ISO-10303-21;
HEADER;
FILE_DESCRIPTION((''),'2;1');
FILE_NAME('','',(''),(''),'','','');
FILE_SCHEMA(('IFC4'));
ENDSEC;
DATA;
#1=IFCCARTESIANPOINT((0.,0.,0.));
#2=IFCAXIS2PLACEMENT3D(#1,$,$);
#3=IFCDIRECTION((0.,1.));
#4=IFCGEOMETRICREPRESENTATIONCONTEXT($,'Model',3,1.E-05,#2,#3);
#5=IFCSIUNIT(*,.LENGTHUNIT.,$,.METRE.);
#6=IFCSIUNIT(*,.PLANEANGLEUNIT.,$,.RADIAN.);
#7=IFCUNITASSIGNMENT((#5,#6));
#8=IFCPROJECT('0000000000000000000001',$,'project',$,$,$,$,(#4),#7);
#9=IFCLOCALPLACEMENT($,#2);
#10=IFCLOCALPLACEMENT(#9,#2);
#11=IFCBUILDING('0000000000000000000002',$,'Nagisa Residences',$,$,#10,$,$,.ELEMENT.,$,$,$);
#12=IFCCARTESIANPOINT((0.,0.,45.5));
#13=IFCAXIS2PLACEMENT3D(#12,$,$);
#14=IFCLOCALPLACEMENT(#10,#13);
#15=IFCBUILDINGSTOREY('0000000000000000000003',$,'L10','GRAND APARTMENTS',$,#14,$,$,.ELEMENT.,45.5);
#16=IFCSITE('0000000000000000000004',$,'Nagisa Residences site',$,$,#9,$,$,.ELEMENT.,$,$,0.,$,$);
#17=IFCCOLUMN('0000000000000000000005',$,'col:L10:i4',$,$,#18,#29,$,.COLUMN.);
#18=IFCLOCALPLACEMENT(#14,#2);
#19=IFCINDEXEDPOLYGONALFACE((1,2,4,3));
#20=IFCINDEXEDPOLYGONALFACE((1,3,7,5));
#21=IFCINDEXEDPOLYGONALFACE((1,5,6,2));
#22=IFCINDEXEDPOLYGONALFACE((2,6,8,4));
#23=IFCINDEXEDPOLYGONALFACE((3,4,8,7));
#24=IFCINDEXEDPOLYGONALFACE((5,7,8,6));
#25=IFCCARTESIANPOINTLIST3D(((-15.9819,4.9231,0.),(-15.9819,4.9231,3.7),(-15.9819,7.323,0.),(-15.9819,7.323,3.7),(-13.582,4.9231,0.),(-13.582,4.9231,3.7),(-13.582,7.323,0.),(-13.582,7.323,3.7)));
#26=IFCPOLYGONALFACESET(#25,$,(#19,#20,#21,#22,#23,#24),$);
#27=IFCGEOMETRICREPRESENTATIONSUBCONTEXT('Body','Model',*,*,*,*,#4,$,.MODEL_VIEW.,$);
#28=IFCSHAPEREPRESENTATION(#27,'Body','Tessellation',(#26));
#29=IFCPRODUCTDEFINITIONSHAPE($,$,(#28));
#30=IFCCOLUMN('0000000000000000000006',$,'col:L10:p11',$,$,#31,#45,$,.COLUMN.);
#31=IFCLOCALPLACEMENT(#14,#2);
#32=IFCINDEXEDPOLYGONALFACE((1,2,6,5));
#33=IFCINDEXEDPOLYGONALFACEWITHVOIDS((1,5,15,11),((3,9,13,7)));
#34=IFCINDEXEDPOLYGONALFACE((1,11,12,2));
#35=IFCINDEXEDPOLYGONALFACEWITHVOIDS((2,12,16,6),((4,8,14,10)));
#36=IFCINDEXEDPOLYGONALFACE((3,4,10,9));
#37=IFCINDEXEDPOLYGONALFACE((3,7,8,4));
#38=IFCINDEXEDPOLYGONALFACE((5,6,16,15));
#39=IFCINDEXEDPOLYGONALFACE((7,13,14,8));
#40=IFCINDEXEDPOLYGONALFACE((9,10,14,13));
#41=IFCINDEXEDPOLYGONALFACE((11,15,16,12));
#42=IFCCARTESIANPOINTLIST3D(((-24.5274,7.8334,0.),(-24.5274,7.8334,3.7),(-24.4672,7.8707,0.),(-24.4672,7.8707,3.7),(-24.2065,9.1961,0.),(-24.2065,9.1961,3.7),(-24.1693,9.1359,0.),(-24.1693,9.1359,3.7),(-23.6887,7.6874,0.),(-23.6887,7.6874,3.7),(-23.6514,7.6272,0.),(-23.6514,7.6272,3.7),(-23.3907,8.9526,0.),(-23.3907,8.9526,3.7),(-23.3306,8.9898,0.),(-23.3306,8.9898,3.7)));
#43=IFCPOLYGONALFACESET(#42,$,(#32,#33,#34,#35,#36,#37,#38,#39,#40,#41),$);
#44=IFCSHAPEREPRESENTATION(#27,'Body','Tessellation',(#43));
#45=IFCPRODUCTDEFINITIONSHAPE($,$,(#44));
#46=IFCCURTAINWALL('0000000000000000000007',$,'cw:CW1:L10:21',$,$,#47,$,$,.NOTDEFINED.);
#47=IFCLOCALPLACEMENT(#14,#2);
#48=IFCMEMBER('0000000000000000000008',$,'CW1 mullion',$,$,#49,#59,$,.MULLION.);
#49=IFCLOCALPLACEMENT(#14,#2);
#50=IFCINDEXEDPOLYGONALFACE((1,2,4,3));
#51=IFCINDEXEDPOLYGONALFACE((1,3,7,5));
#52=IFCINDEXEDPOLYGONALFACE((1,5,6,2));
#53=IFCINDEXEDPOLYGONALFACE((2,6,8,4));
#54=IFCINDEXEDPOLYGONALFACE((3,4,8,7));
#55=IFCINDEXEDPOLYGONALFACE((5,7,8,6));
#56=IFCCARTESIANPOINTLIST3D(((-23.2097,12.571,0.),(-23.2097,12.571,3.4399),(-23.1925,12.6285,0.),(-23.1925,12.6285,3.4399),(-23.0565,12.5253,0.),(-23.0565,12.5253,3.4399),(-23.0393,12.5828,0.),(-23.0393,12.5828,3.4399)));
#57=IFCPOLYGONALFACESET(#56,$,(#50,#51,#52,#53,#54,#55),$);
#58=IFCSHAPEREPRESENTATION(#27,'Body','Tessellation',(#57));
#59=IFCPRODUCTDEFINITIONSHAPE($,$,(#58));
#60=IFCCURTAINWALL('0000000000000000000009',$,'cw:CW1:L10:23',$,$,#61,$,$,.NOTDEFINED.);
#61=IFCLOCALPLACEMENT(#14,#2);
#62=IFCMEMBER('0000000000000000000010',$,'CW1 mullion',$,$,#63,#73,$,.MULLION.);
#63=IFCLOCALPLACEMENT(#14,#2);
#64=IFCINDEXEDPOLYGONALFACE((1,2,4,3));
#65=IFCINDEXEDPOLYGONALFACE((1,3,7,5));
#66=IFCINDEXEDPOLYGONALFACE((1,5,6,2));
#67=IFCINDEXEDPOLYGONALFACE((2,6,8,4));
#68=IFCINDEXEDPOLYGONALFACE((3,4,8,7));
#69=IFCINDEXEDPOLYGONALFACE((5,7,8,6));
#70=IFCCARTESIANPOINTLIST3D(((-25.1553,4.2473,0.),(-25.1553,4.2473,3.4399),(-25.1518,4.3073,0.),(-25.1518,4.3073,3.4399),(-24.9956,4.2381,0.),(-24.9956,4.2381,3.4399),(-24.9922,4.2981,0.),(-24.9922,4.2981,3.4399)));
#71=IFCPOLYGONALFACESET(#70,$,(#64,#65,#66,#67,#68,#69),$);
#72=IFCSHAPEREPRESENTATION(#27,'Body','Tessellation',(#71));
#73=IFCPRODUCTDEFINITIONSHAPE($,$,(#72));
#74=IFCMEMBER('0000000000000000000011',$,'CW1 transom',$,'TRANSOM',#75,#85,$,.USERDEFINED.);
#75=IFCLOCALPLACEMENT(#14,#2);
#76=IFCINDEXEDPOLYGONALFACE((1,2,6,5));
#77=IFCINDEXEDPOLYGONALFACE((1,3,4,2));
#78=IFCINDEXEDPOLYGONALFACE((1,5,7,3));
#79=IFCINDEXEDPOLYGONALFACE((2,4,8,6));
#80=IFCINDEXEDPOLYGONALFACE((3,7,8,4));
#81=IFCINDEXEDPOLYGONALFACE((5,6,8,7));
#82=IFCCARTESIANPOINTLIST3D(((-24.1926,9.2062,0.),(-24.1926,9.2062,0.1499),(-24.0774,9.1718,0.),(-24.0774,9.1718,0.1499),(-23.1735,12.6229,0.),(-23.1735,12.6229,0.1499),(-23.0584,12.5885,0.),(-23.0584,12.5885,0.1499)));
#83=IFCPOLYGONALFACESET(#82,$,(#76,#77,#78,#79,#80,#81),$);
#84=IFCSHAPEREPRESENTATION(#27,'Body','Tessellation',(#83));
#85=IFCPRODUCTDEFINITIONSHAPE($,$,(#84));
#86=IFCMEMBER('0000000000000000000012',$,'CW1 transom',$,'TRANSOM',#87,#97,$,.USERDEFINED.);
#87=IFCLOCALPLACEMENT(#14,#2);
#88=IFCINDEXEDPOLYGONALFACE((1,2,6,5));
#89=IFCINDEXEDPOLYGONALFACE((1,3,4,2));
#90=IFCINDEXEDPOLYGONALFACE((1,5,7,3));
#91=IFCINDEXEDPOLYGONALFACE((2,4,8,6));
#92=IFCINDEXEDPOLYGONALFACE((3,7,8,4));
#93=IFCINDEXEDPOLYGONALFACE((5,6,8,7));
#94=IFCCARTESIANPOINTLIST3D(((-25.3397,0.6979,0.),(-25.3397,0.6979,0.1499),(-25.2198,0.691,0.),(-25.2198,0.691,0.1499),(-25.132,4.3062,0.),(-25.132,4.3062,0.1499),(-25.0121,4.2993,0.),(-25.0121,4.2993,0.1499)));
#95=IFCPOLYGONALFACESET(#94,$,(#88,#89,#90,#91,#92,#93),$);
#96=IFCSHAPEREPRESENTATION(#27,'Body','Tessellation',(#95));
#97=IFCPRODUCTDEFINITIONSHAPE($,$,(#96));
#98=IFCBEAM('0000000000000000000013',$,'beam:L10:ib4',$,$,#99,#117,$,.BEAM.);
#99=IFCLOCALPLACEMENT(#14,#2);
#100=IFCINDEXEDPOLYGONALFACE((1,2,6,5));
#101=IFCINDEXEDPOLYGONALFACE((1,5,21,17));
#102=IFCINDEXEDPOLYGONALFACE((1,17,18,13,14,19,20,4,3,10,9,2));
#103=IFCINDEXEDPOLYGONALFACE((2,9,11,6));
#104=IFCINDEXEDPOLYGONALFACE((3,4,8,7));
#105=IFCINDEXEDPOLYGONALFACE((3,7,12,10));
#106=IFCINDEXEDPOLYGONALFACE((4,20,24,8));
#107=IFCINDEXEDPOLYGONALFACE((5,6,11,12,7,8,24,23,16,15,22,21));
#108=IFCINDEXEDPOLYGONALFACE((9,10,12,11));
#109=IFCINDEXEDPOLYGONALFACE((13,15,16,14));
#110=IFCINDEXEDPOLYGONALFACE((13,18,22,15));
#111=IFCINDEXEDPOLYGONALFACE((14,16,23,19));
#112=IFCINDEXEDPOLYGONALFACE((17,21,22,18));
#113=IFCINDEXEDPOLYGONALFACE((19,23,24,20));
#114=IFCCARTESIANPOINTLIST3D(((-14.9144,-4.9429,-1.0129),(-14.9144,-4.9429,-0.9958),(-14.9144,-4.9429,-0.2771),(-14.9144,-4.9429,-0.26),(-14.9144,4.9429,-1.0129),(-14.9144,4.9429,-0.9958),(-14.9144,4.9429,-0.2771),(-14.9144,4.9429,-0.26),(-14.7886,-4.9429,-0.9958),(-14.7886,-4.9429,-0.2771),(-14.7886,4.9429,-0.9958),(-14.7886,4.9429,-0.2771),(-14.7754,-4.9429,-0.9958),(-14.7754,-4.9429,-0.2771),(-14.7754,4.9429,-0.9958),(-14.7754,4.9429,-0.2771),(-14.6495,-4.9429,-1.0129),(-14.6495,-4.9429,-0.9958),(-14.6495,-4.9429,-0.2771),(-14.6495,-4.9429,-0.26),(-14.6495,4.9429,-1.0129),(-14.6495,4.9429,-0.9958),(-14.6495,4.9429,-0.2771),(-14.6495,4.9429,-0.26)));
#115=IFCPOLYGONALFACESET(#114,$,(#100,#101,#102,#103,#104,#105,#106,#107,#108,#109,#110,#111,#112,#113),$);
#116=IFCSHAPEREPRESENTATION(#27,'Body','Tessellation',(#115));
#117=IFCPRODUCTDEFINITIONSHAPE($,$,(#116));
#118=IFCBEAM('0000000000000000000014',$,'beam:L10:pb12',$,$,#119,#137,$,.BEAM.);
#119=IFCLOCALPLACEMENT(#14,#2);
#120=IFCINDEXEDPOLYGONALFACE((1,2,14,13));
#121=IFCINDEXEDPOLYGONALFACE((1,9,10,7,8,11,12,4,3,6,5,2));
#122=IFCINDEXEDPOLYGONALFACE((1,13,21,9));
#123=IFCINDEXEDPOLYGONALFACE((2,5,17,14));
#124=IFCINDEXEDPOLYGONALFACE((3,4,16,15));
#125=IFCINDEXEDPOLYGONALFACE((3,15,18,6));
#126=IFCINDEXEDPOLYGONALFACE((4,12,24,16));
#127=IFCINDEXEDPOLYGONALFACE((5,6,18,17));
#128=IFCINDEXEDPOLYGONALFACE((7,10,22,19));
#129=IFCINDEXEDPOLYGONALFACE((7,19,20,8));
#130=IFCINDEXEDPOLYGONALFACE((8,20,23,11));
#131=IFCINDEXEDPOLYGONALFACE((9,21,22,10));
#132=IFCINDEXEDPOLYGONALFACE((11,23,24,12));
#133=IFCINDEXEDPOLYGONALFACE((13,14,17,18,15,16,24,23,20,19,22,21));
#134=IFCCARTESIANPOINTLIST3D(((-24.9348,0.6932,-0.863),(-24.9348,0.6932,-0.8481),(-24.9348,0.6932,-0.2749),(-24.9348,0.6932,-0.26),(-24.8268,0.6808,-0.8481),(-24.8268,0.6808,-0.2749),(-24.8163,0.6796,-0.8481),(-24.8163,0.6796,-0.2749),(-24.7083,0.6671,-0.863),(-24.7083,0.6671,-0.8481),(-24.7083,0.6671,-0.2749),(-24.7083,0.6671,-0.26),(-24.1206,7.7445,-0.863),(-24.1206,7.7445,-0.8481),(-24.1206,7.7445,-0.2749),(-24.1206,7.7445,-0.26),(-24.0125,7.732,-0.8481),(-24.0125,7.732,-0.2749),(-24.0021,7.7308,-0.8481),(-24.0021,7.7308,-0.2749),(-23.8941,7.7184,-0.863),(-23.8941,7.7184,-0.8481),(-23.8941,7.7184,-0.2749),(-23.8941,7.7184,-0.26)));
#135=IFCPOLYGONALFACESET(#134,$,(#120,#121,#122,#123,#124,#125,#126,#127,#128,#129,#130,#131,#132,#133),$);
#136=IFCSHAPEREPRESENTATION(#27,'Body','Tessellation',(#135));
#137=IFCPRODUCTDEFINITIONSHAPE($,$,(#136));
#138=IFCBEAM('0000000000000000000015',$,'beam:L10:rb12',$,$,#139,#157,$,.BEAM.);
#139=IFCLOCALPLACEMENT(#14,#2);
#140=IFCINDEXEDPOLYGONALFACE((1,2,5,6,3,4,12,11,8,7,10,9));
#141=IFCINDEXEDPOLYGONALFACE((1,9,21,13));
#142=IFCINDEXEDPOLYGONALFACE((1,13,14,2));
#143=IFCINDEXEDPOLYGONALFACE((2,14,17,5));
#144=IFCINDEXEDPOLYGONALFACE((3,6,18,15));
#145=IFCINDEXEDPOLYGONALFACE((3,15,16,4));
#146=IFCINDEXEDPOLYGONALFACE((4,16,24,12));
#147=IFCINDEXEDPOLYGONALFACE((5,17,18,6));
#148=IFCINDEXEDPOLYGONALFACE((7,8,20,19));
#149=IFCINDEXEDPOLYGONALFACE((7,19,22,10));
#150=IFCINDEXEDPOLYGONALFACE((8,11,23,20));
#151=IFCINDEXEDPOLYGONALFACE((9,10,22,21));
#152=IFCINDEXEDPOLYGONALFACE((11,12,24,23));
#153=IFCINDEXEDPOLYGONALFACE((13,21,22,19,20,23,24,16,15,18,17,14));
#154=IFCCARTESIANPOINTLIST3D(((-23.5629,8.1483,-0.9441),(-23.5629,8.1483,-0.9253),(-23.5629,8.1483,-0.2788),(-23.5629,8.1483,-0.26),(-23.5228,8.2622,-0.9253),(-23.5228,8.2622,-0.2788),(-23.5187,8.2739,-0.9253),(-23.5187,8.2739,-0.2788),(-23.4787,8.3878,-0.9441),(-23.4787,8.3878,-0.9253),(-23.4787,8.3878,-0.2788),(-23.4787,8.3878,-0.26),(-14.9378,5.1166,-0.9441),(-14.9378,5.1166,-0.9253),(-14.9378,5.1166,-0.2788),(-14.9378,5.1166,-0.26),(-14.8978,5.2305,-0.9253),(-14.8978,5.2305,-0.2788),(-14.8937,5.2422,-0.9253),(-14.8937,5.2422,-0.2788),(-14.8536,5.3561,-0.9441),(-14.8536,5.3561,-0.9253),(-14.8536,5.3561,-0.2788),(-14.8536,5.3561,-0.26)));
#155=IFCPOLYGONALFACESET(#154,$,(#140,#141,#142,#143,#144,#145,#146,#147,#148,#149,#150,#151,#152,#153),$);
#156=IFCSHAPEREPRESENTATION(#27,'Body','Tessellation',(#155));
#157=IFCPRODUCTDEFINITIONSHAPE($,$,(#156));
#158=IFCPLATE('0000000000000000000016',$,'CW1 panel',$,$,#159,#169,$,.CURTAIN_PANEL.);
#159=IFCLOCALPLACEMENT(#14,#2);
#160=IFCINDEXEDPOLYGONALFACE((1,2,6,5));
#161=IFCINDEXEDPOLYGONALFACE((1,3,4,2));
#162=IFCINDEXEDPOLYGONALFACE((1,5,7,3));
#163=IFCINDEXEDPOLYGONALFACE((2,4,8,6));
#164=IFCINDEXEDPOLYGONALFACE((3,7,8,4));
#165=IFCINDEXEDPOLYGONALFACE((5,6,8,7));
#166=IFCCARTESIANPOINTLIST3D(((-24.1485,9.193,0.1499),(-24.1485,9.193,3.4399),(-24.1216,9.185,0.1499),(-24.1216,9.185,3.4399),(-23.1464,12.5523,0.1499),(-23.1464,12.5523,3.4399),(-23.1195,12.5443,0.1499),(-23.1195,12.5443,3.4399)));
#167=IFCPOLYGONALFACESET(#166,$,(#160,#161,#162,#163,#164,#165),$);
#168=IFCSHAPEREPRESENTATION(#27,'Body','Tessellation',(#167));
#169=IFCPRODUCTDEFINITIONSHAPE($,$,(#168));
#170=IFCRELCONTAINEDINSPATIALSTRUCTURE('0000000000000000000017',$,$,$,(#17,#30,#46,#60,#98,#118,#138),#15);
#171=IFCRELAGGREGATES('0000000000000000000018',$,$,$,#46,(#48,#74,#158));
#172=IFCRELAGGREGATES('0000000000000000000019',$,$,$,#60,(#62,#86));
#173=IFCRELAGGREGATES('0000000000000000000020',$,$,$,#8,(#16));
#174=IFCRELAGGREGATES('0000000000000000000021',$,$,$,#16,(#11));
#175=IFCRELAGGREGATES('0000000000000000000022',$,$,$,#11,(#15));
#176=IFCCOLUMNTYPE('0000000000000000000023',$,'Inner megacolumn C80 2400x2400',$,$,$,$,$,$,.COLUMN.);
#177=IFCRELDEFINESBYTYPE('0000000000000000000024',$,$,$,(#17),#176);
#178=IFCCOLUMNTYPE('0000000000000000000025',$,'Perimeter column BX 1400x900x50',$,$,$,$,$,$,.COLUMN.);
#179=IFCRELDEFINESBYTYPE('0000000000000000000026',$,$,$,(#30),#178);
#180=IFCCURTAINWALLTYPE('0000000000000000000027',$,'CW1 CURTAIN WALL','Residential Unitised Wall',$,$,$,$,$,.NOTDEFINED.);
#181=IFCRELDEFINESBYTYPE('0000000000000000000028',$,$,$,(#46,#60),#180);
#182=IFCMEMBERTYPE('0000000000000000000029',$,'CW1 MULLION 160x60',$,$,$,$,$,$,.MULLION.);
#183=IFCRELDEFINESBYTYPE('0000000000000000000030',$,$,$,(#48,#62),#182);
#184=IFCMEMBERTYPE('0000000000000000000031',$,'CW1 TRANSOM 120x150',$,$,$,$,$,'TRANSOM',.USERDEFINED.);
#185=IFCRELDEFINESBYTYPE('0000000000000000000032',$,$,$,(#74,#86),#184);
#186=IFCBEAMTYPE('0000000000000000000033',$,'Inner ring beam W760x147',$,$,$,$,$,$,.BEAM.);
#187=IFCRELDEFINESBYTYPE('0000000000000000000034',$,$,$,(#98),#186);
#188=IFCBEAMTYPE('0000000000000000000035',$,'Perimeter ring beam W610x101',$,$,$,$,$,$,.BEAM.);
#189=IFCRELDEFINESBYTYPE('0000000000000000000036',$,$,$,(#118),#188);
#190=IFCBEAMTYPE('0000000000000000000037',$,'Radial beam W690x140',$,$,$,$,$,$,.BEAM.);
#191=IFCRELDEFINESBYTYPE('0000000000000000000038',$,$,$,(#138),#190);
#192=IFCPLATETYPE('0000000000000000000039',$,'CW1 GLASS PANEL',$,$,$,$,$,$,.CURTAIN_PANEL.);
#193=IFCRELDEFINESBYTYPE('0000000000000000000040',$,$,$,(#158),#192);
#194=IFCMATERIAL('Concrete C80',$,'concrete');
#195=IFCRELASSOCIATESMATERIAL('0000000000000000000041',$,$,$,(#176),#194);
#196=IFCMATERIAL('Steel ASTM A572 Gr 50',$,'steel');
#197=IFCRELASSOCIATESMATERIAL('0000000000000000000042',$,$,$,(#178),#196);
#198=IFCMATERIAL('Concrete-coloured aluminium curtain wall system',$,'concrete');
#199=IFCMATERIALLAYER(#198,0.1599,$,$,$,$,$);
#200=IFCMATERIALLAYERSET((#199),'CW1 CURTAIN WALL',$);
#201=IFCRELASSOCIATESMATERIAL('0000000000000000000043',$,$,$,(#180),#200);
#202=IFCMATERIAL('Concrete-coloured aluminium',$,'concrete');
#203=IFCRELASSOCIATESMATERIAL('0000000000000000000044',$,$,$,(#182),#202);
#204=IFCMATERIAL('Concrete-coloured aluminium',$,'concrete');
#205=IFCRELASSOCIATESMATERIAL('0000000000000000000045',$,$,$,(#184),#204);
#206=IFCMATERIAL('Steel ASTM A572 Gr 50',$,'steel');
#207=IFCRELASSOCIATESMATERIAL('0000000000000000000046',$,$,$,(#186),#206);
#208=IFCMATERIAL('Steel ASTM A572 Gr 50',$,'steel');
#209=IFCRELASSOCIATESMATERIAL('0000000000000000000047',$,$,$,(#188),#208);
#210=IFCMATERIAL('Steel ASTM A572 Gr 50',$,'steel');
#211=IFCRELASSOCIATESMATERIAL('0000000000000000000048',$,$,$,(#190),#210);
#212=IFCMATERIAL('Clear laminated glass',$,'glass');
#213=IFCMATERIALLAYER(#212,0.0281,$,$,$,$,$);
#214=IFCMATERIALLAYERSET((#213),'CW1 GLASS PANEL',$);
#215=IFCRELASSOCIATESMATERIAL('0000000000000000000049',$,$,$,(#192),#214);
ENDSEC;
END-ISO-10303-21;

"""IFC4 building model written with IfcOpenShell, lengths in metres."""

from ifc_helpers import new_model, si_unit, direction, frame, origin, origin_2d, place, context, subcontext, project, spatial, rectangle, hollow_rectangle, i_section, extrude, material, layer, layer_set, material_profile, profile_set, type_object, element, aggregate, save


model = new_model("IFC4")

# Units and contexts
model_context = context("Model", 3, precision=1e-05, world=origin(), true_north=direction((0.0, 1.0)))
body_context = subcontext(model_context, "Body", "Model", "MODEL_VIEW")
ifc_project = project(units=[si_unit("LENGTHUNIT", "METRE"), si_unit("PLANEANGLEUNIT", "RADIAN")], contexts=[model_context])

# Site, building, storey
site_placement = place(None, origin())
site = spatial("IfcSite", under=ifc_project, at=site_placement, Name="Nagisa Residences site", CompositionType="ELEMENT", RefElevation=0.0)
building_placement = place(site_placement, origin())
building = spatial("IfcBuilding", under=site, at=building_placement, Name="Nagisa Residences", CompositionType="ELEMENT")
storey_placement = place(building_placement, frame((0.0, 0.0, 45.5)))
storey = spatial("IfcBuildingStorey", under=building, at=storey_placement, Name="L10", Description="GRAND APARTMENTS", CompositionType="ELEMENT", Elevation=45.5)

# Columns
ifc_material_1 = material(Name="Concrete C80", Category="concrete")
ifc_material_profile_1 = material_profile(ifc_material_1, rectangle(XDim=2.3999, YDim=2.3999, at=origin_2d()), Name="C80 2400x2400")
ifc_profile_set_1 = profile_set([ifc_material_profile_1], Name="Concrete C80")
column_type_1 = type_object("IfcColumnType", Name="Inner megacolumn C80 2400x2400", PredefinedType="COLUMN", material=ifc_profile_set_1)
column_1_placement = place(storey_placement, frame((-14.782, 6.123, 0.0), z_axis=(0.0, 0.0, 1.0), x_axis=(1.0, 0.0, 0.0)))
element("IfcColumn", 1, at=column_1_placement, inside=storey, type_object=column_type_1, Name="col:L10:i4", PredefinedType="COLUMN", context=body_context, shape_type="SweptSolid", body=[
    extrude(rectangle(XDim=2.3999, YDim=2.3999, at=origin_2d()), origin(), (0.0, 0.0, 1.0), 3.7),
])
ifc_material_2 = material(Name="Steel ASTM A572 Gr 50", Category="steel")
ifc_material_profile_2 = material_profile(ifc_material_2, hollow_rectangle(XDim=1.3999, YDim=0.8999, WallThickness=0.05, at=origin_2d()), Name="BX 1400x900x50")
ifc_profile_set_2 = profile_set([ifc_material_profile_2], Name="Steel ASTM A572 Gr 50")
column_type_2 = type_object("IfcColumnType", Name="Perimeter column BX 1400x900x50", PredefinedType="COLUMN", material=ifc_profile_set_2)
column_2_placement = place(storey_placement, frame((-23.929, 8.4116, 0.0), z_axis=(0.0, 0.0, 1.0), x_axis=(-0.229202, -0.973379, 0.0)))
element("IfcColumn", 2, at=column_2_placement, inside=storey, type_object=column_type_2, Name="col:L10:p11", PredefinedType="COLUMN", context=body_context, shape_type="SweptSolid", body=[
    extrude(hollow_rectangle(XDim=1.3999, YDim=0.8999, WallThickness=0.05, at=origin_2d()), origin(), (0.0, 0.0, 1.0), 3.7),
])

# Curtain walls, members
ifc_material_3 = material(Name="Concrete-coloured aluminium curtain wall system", Category="concrete")
ifc_layer_1 = layer(ifc_material_3, 0.1599)
ifc_layer_set_1 = layer_set([ifc_layer_1], Name="CW1 CURTAIN WALL")
curtain_wall_type = type_object("IfcCurtainWallType", Name="CW1 CURTAIN WALL", Description="Residential Unitised Wall", PredefinedType="NOTDEFINED", material=ifc_layer_set_1)
curtain_wall_1_placement = place(storey_placement, origin())
curtain_wall_1 = element("IfcCurtainWall", 3, at=curtain_wall_1_placement, inside=storey, type_object=curtain_wall_type, Name="cw:CW1:L10:21", PredefinedType="NOTDEFINED")
ifc_material_4 = material(Name="Concrete-coloured aluminium", Category="concrete")
ifc_material_profile_3 = material_profile(ifc_material_4, rectangle(XDim=0.1599, YDim=0.0601, at=origin_2d()), Name="CW1 MULLION 160x60")
ifc_profile_set_3 = profile_set([ifc_material_profile_3], Name="Concrete-coloured aluminium")
member_type_1 = type_object("IfcMemberType", Name="CW1 MULLION 160x60", PredefinedType="MULLION", material=ifc_profile_set_3)
member_1_placement = place(storey_placement, frame((-23.1245, 12.5769, 0.0), z_axis=(0.0, 0.0, 1.0), x_axis=(0.958271, -0.28586, 0.0)))
member_1 = element("IfcMember", 4, at=member_1_placement, type_object=member_type_1, Name="CW1 mullion", PredefinedType="MULLION", context=body_context, shape_type="SweptSolid", body=[
    extrude(rectangle(XDim=0.1599, YDim=0.0601, at=origin_2d()), origin(), (0.0, 0.0, 1.0), 3.4399),
])
curtain_wall_2_placement = place(storey_placement, origin())
curtain_wall_2 = element("IfcCurtainWall", 5, at=curtain_wall_2_placement, inside=storey, type_object=curtain_wall_type, Name="cw:CW1:L10:23", PredefinedType="NOTDEFINED")
member_2_placement = place(storey_placement, frame((-25.0737, 4.2727, 0.0), z_axis=(0.0, 0.0, 1.0), x_axis=(0.998345, -0.057503, 0.0)))
member_2 = element("IfcMember", 6, at=member_2_placement, type_object=member_type_1, Name="CW1 mullion", PredefinedType="MULLION", context=body_context, shape_type="SweptSolid", body=[
    extrude(rectangle(XDim=0.1599, YDim=0.0601, at=origin_2d()), origin(), (0.0, 0.0, 1.0), 3.4399),
])

# Members
ifc_material_5 = material(Name="Concrete-coloured aluminium", Category="concrete")
ifc_material_profile_4 = material_profile(ifc_material_5, rectangle(XDim=0.1201, YDim=0.1499, at=origin_2d()), Name="CW1 TRANSOM 120x150")
ifc_profile_set_4 = profile_set([ifc_material_profile_4], Name="Concrete-coloured aluminium")
member_type_2 = type_object("IfcMemberType", Name="CW1 TRANSOM 120x150", ElementType="TRANSOM", PredefinedType="USERDEFINED", material=ifc_profile_set_4)
member_3_placement = place(storey_placement, frame((-23.116, 12.6057, 0.075), z_axis=(-0.285808, -0.958287, 0.0), x_axis=(0.958287, -0.285808, 0.0)))
member_3 = element("IfcMember", 7, at=member_3_placement, type_object=member_type_2, Name="CW1 transom", ObjectType="TRANSOM", PredefinedType="USERDEFINED", context=body_context, shape_type="SweptSolid", body=[
    extrude(rectangle(XDim=0.1201, YDim=0.1499, at=origin_2d()), origin(), (0.0, 0.0, 1.0), 3.5654),
])
member_4_placement = place(storey_placement, frame((-25.072, 4.3027, 0.075), z_axis=(-0.057483, -0.998347, 0.0), x_axis=(0.998347, -0.057483, 0.0)))
member_4 = element("IfcMember", 8, at=member_4_placement, type_object=member_type_2, Name="CW1 transom", ObjectType="TRANSOM", PredefinedType="USERDEFINED", context=body_context, shape_type="SweptSolid", body=[
    extrude(rectangle(XDim=0.1201, YDim=0.1499, at=origin_2d()), origin(), (0.0, 0.0, 1.0), 3.6143),
])

# Beams
ifc_material_6 = material(Name="Steel ASTM A572 Gr 50", Category="steel")
ifc_material_profile_5 = material_profile(ifc_material_6, i_section(OverallWidth=0.2649, OverallDepth=0.7529, WebThickness=0.0132, FlangeThickness=0.0171, at=origin_2d()), Name="W760x147")
ifc_profile_set_5 = profile_set([ifc_material_profile_5], Name="Steel ASTM A572 Gr 50")
beam_type_1 = type_object("IfcBeamType", Name="Inner ring beam W760x147", PredefinedType="BEAM", material=ifc_profile_set_5)
beam_1_placement = place(storey_placement, frame((-14.782, 4.9429, -0.6365), z_axis=(0.0, -1.0, 0.0), x_axis=(1.0, 0.0, 0.0)))
element("IfcBeam", 9, at=beam_1_placement, inside=storey, type_object=beam_type_1, Name="beam:L10:ib4", PredefinedType="BEAM", context=body_context, shape_type="SweptSolid", body=[
    extrude(i_section(OverallWidth=0.2649, OverallDepth=0.7529, WebThickness=0.0132, FlangeThickness=0.0171, at=origin_2d()), origin(), (0.0, 0.0, 1.0), 9.8857),
])
ifc_material_7 = material(Name="Steel ASTM A572 Gr 50", Category="steel")
ifc_material_profile_6 = material_profile(ifc_material_7, i_section(OverallWidth=0.228, OverallDepth=0.603, WebThickness=0.0105, FlangeThickness=0.0149, at=origin_2d()), Name="W610x101")
ifc_profile_set_6 = profile_set([ifc_material_profile_6], Name="Steel ASTM A572 Gr 50")
beam_type_2 = type_object("IfcBeamType", Name="Perimeter ring beam W610x101", PredefinedType="BEAM", material=ifc_profile_set_6)
beam_2_placement = place(storey_placement, frame((-24.0073, 7.7314, -0.5615), z_axis=(-0.114708, -0.993399, 0.0), x_axis=(0.993399, -0.114708, 0.0)))
element("IfcBeam", 10, at=beam_2_placement, inside=storey, type_object=beam_type_2, Name="beam:L10:pb12", PredefinedType="BEAM", context=body_context, shape_type="SweptSolid", body=[
    extrude(i_section(OverallWidth=0.228, OverallDepth=0.603, WebThickness=0.0105, FlangeThickness=0.0149, at=origin_2d()), origin(), (0.0, 0.0, 1.0), 7.0981),
])
ifc_material_8 = material(Name="Steel ASTM A572 Gr 50", Category="steel")
ifc_material_profile_7 = material_profile(ifc_material_8, i_section(OverallWidth=0.2539, OverallDepth=0.6841, WebThickness=0.0125, FlangeThickness=0.0188, at=origin_2d()), Name="W690x140")
ifc_profile_set_7 = profile_set([ifc_material_profile_7], Name="Steel ASTM A572 Gr 50")
beam_type_3 = type_object("IfcBeamType", Name="Radial beam W690x140", PredefinedType="BEAM", material=ifc_profile_set_7)
beam_3_placement = place(storey_placement, frame((-23.5208, 8.2681, -0.6021), z_axis=(0.943415, -0.331616, 0.0), x_axis=(0.331616, 0.943415, 0.0)))
element("IfcBeam", 11, at=beam_3_placement, inside=storey, type_object=beam_type_3, Name="beam:L10:rb12", PredefinedType="BEAM", context=body_context, shape_type="SweptSolid", body=[
    extrude(i_section(OverallWidth=0.2539, OverallDepth=0.6841, WebThickness=0.0125, FlangeThickness=0.0188, at=origin_2d()), origin(), (0.0, 0.0, 1.0), 9.1423),
])

# Plate
ifc_material_9 = material(Name="Clear laminated glass", Category="glass")
ifc_layer_2 = layer(ifc_material_9, 0.0281)
ifc_layer_set_2 = layer_set([ifc_layer_2], Name="CW1 GLASS PANEL")
plate_type = type_object("IfcPlateType", Name="CW1 GLASS PANEL", PredefinedType="CURTAIN_PANEL", material=ifc_layer_set_2)
plate_1_placement = place(storey_placement, frame((-23.634, 10.8687, 0.1499), z_axis=(0.0, 0.0, 1.0), x_axis=(-0.28586, -0.958271, 0.0)))
plate_1 = element("IfcPlate", 12, at=plate_1_placement, type_object=plate_type, Name="CW1 panel", PredefinedType="CURTAIN_PANEL", context=body_context, shape_type="SweptSolid", body=[
    extrude(rectangle(XDim=3.5056, YDim=0.0281, at=origin_2d()), origin(), (0.0, 0.0, 1.0), 3.29),
])
aggregate(curtain_wall_1, [member_1, member_3, plate_1])
aggregate(curtain_wall_2, [member_2, member_4])

save(model, "model.ifc")
